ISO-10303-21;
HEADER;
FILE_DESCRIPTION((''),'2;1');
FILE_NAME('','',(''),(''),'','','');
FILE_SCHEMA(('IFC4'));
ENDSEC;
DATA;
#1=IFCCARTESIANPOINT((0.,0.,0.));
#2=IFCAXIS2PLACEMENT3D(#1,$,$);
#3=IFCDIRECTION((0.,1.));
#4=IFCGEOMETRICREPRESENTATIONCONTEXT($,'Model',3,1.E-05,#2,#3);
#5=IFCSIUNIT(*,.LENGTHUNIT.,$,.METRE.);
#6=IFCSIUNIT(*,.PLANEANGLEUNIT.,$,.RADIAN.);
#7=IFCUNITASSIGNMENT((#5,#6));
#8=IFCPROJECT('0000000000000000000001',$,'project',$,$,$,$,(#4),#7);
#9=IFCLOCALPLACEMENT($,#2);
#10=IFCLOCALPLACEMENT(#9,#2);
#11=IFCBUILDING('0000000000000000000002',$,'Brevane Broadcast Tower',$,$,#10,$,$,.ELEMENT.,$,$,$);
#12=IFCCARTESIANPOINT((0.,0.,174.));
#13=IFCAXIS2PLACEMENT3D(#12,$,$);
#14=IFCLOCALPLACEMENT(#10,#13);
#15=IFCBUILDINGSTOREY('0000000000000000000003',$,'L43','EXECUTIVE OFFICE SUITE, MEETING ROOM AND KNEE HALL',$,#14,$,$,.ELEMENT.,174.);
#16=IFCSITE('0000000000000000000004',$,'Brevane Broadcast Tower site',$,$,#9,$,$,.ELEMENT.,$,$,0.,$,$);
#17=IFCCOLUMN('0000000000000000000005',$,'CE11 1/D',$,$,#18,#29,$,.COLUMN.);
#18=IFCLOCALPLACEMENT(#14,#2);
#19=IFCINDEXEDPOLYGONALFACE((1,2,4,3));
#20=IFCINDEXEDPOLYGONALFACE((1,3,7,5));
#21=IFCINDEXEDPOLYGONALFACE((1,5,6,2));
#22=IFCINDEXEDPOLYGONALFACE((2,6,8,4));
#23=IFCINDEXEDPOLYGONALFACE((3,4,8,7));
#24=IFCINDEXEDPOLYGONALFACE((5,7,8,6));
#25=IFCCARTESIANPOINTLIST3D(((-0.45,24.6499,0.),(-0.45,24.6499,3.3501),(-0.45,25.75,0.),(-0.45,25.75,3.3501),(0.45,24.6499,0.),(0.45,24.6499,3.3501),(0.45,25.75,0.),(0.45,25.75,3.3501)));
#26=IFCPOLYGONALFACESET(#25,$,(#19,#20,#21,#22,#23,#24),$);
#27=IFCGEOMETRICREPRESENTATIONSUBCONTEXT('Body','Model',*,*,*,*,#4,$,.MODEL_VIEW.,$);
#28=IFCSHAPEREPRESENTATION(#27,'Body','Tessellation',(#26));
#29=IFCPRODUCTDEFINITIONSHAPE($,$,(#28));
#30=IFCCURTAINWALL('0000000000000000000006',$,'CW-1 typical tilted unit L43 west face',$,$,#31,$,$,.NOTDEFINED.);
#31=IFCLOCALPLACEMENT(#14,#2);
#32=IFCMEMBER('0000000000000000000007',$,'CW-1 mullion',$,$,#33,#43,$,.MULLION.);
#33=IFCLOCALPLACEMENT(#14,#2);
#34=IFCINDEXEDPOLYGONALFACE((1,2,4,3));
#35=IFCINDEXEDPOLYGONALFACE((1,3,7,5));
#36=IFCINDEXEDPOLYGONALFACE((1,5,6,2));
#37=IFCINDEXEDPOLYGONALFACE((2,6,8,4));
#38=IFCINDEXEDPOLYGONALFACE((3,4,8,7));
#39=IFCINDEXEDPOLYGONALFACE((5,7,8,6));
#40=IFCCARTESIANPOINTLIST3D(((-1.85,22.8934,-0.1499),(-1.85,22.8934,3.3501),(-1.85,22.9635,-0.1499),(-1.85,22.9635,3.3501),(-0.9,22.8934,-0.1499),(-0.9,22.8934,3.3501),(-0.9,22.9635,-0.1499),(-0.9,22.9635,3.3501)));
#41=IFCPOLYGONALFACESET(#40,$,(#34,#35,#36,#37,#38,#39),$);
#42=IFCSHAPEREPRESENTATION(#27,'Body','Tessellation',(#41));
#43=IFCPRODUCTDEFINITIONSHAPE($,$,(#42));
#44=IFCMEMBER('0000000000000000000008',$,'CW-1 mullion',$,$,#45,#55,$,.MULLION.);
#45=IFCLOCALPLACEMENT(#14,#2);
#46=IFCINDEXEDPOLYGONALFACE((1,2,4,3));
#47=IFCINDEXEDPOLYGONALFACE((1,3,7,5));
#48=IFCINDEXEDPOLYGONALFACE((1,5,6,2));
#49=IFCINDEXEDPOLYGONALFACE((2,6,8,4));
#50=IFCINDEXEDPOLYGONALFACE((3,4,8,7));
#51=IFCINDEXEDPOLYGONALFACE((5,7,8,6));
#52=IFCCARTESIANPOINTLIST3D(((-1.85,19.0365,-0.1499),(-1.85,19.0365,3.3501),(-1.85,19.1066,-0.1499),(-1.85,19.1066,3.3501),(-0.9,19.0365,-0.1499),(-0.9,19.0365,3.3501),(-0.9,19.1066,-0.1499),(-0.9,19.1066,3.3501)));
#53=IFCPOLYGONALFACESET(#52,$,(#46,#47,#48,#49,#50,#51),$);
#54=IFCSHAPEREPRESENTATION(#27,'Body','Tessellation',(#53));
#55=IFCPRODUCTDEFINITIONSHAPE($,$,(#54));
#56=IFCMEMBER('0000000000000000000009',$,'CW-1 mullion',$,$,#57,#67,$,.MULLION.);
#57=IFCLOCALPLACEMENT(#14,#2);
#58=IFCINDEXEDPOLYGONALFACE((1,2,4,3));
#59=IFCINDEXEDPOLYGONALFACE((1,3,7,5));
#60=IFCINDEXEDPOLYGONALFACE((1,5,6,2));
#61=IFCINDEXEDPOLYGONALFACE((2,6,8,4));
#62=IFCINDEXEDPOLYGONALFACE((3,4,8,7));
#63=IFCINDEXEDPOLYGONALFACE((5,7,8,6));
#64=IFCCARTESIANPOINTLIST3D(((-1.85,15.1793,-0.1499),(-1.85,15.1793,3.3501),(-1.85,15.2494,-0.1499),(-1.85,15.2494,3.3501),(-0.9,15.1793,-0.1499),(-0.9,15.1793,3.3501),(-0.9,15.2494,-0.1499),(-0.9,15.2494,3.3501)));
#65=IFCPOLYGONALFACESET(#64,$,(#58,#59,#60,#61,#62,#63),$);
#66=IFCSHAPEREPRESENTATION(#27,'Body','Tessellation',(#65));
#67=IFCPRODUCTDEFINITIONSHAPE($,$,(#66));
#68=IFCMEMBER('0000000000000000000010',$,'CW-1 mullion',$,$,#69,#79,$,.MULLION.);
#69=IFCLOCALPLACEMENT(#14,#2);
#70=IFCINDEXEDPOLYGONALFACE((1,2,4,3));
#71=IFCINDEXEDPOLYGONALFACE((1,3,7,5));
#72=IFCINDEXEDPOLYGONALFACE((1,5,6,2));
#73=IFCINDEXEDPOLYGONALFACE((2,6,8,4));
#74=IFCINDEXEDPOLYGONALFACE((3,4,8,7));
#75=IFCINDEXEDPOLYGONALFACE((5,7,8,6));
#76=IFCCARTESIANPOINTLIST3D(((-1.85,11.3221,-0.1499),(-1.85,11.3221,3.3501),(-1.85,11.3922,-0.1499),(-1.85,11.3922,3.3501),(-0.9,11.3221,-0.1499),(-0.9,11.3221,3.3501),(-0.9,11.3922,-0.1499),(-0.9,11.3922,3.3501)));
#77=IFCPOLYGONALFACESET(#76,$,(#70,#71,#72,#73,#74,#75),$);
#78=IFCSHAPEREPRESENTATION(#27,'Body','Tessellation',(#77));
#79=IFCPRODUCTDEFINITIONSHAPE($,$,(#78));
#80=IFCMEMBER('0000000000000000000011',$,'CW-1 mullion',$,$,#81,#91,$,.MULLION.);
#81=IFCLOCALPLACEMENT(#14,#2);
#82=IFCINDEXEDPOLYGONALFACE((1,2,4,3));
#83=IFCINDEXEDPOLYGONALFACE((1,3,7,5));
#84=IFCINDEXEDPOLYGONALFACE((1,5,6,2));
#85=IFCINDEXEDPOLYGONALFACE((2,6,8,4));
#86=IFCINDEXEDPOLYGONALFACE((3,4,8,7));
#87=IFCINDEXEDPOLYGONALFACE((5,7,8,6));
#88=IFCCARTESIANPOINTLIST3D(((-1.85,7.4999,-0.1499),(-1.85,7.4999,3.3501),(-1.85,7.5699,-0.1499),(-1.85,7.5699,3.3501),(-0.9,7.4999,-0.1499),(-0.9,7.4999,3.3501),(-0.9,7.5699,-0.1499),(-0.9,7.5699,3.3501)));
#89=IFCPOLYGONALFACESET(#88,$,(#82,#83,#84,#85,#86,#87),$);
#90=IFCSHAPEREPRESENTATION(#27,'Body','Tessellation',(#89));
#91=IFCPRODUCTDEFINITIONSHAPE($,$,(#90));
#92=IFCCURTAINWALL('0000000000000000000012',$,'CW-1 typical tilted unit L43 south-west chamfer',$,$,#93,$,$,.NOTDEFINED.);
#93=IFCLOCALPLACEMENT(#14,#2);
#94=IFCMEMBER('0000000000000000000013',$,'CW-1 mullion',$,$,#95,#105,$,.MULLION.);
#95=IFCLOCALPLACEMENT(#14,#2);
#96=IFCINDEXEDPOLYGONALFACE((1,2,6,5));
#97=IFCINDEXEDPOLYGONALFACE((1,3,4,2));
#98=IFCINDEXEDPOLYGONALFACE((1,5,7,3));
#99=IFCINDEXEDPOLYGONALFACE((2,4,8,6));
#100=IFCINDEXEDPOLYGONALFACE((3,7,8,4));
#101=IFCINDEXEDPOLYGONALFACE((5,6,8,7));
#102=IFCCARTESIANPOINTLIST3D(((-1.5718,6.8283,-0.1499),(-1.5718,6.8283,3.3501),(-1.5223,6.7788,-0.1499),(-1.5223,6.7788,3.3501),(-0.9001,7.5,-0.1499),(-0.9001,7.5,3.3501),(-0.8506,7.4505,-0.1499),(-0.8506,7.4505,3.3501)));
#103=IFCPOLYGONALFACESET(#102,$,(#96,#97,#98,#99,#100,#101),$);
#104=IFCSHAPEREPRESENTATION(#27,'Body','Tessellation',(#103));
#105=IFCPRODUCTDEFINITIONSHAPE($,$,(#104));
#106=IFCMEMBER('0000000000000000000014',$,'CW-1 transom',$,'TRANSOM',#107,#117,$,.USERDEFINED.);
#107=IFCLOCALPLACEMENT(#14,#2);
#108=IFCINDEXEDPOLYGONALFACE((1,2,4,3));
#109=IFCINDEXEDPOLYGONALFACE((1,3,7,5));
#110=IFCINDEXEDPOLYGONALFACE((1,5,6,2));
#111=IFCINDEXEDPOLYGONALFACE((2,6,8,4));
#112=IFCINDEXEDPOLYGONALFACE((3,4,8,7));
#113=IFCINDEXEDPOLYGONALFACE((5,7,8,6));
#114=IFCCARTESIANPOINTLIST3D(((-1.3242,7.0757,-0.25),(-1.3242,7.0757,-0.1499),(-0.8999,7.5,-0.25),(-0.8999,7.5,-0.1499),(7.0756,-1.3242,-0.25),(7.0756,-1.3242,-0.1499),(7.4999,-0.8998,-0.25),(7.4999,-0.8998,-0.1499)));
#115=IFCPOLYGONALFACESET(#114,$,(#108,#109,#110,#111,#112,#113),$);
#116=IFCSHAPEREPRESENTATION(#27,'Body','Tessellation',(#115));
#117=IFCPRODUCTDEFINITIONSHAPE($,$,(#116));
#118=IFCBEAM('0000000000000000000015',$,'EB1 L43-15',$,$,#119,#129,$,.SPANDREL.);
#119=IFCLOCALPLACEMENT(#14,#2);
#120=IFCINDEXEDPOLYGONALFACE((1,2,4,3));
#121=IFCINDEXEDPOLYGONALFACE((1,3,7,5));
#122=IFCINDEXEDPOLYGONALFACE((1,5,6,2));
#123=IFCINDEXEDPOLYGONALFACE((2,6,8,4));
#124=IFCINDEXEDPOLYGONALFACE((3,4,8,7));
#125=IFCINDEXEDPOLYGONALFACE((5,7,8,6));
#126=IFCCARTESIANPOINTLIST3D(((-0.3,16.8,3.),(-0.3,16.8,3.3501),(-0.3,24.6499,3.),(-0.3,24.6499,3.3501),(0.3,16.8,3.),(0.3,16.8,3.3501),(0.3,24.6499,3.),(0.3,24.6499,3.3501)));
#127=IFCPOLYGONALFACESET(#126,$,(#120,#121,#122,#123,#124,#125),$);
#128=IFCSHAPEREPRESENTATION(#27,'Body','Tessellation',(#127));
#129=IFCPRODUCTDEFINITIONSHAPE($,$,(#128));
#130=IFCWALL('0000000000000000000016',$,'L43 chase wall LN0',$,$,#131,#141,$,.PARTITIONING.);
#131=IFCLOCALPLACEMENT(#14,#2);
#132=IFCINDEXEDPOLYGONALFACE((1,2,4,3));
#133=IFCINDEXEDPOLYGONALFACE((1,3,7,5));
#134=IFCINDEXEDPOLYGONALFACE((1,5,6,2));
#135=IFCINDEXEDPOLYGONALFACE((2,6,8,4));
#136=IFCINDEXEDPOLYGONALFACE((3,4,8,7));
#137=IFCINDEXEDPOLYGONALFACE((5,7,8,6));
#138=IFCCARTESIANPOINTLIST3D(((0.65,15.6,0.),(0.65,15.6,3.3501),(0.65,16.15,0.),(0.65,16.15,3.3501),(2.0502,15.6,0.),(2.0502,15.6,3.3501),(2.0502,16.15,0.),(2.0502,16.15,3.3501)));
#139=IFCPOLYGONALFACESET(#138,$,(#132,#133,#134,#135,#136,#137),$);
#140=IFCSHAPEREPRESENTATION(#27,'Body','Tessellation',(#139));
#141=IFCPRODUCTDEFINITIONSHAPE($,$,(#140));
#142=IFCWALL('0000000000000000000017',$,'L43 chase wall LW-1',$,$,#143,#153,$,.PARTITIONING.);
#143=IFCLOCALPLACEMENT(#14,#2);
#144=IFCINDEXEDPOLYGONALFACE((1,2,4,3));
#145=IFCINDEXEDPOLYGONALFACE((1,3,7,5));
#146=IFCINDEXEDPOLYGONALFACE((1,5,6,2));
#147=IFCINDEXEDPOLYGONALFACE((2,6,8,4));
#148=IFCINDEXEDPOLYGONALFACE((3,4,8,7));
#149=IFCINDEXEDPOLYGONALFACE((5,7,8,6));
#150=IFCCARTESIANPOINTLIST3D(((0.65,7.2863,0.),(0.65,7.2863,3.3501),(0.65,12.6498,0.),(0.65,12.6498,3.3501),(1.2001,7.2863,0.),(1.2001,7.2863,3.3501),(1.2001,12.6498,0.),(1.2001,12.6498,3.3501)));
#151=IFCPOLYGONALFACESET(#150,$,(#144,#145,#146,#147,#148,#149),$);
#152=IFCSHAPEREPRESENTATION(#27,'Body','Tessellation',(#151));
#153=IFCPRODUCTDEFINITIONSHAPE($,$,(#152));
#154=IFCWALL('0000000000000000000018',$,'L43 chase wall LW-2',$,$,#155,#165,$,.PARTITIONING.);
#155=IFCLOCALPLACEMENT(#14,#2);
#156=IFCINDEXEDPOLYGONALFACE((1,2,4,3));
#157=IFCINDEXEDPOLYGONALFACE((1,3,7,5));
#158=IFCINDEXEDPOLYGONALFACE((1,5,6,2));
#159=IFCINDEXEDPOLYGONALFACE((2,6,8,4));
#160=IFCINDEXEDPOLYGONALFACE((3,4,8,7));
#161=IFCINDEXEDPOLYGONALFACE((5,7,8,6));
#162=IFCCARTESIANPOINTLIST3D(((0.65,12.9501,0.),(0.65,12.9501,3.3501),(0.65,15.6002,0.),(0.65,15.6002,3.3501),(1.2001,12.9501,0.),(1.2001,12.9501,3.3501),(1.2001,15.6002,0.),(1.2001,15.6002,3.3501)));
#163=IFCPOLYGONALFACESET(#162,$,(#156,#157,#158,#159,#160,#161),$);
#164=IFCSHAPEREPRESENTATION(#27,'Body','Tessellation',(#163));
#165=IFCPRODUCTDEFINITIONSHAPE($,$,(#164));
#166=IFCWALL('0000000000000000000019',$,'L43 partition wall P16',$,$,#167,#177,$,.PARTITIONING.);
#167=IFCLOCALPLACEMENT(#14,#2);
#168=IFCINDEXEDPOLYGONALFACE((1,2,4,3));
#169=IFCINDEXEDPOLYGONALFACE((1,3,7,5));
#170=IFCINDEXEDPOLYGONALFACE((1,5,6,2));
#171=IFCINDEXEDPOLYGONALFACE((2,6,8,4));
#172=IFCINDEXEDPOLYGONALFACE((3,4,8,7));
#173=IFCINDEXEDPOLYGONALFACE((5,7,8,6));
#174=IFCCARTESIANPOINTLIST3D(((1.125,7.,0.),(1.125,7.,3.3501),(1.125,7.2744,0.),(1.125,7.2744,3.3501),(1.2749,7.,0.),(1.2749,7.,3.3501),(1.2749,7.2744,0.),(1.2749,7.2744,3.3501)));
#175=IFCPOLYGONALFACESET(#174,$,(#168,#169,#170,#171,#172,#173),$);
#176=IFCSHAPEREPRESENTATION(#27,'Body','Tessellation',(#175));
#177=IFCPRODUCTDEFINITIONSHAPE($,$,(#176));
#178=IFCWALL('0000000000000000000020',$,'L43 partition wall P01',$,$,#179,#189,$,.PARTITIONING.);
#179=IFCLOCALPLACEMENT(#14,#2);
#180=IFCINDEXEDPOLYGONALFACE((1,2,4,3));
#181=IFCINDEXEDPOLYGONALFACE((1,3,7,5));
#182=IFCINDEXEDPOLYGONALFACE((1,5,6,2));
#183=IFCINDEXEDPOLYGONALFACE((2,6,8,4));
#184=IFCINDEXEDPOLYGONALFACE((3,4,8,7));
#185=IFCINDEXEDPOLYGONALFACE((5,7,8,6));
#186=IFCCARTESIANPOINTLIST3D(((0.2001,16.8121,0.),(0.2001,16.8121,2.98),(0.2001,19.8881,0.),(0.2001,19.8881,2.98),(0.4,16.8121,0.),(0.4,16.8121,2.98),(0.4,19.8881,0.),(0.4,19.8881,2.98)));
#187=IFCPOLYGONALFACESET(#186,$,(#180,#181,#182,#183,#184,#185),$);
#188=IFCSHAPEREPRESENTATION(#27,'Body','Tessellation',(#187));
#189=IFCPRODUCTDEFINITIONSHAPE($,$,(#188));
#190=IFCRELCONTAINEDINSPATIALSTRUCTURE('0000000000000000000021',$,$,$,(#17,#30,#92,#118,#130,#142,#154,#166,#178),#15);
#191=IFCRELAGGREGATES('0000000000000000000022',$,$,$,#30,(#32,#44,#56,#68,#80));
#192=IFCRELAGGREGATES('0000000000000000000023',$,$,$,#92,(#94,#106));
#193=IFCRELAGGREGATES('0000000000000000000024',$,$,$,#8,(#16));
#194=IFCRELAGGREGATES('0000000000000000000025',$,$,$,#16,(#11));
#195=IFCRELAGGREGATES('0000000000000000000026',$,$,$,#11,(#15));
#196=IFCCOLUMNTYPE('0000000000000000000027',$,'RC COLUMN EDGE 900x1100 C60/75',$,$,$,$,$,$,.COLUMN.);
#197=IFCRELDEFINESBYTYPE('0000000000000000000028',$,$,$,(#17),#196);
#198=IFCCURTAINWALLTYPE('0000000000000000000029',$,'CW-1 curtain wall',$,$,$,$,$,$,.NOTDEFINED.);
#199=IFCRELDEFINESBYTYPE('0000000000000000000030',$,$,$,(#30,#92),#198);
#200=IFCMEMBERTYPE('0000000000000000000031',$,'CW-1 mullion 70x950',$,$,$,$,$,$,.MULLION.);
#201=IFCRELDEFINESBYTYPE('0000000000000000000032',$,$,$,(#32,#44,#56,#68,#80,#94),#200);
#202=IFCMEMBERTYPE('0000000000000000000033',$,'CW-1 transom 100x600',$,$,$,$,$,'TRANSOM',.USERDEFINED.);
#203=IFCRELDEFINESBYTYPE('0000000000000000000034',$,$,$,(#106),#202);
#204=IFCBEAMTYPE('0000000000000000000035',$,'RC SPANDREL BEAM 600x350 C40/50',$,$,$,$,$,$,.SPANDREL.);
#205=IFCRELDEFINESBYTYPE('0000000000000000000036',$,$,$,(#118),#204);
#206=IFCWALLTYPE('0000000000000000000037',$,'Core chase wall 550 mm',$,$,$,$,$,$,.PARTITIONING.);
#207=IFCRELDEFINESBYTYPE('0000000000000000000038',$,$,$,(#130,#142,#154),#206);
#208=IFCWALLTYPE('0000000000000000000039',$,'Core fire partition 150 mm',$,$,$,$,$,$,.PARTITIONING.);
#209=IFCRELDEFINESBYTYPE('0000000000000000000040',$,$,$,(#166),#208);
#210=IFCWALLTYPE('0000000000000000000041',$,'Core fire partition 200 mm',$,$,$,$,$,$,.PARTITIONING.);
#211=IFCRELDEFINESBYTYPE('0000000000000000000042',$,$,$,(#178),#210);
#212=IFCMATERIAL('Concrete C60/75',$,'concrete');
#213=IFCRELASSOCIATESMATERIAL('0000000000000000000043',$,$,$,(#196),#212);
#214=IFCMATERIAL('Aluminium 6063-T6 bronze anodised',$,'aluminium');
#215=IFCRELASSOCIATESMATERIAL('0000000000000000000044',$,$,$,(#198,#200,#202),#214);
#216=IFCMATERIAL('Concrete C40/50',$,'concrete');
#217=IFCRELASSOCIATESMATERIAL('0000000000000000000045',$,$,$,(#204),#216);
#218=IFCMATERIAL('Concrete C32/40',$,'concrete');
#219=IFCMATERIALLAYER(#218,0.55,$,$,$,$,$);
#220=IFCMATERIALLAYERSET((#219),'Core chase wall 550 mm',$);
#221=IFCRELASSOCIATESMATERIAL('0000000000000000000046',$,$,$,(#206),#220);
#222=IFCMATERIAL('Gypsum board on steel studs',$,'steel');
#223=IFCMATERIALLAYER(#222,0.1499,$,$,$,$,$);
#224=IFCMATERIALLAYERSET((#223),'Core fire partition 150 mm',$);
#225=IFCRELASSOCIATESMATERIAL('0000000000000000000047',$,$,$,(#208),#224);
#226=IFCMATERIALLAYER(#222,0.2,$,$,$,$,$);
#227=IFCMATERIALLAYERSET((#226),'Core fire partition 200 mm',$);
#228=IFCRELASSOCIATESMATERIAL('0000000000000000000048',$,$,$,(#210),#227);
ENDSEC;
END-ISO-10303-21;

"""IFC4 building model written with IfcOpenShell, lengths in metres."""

from ifc_helpers import new_model, si_unit, direction, frame, frame_2d, origin, origin_2d, place, context, subcontext, project, spatial, rectangle, extrude, material, layer, layer_set, material_profile, profile_set, type_object, element, aggregate, save


model = new_model("IFC4")

# Units and contexts
model_context = context("Model", 3, precision=1e-05, world=origin(), true_north=direction((0.0, 1.0)))
body_context = subcontext(model_context, "Body", "Model", "MODEL_VIEW")
ifc_project = project(units=[si_unit("LENGTHUNIT", "METRE"), si_unit("PLANEANGLEUNIT", "RADIAN")], contexts=[model_context])

# Site, building, storey
site_placement = place(None, origin())
site = spatial("IfcSite", under=ifc_project, at=site_placement, Name="Brevane Broadcast Tower site", CompositionType="ELEMENT", RefElevation=0.0)
building_placement = place(site_placement, origin())
building = spatial("IfcBuilding", under=site, at=building_placement, Name="Brevane Broadcast Tower", CompositionType="ELEMENT")
storey_placement = place(building_placement, frame((0.0, 0.0, 174.0)))
storey = spatial("IfcBuildingStorey", under=building, at=storey_placement, Name="L43", Description="EXECUTIVE OFFICE SUITE, MEETING ROOM AND KNEE HALL", CompositionType="ELEMENT", Elevation=174.0)

# Column
ifc_material_1 = material(Name="Concrete C60/75", Category="concrete")
ifc_material_profile_1 = material_profile(ifc_material_1, rectangle(XDim=0.8999, YDim=1.1001, at=origin_2d()), Name="RC 900x1100")
ifc_profile_set_1 = profile_set([ifc_material_profile_1], Name="Concrete C60/75")
column_type = type_object("IfcColumnType", Name="RC COLUMN EDGE 900x1100 C60/75", PredefinedType="COLUMN", material=ifc_profile_set_1)
column_placement = place(storey_placement, frame((0.0, 25.2, 0.0), z_axis=(0.0, 0.0, 1.0), x_axis=(1.0, 0.0, 0.0)))
element("IfcColumn", 1, at=column_placement, inside=storey, type_object=column_type, Name="CE11 1/D", PredefinedType="COLUMN", context=body_context, shape_type="SweptSolid", body=[
    extrude(rectangle(XDim=0.8999, YDim=1.1001, at=origin_2d()), origin(), (0.0, 0.0, 1.0), 3.3501),
])

# Curtain walls, members
ifc_material_2 = material(Name="Aluminium 6063-T6 bronze anodised", Category="aluminium")
curtain_wall_type = type_object("IfcCurtainWallType", Name="CW-1 curtain wall", PredefinedType="NOTDEFINED", material=ifc_material_2)
curtain_wall_1_placement = place(storey_placement, origin())
curtain_wall_1 = element("IfcCurtainWall", 2, at=curtain_wall_1_placement, inside=storey, type_object=curtain_wall_type, Name="CW-1 typical tilted unit L43 west face", PredefinedType="NOTDEFINED")
ifc_material_profile_2 = material_profile(ifc_material_2, rectangle(XDim=0.95, YDim=0.0701, at=origin_2d()), Name="RECT 70x950")
ifc_profile_set_2 = profile_set([ifc_material_profile_2], Name="Aluminium 6063-T6 bronze anodised")
member_type_1 = type_object("IfcMemberType", Name="CW-1 mullion 70x950", PredefinedType="MULLION", material=ifc_profile_set_2)
member_1_placement = place(storey_placement, frame((-1.375, 22.9285, -0.1499), z_axis=(0.0, 0.0, 1.0), x_axis=(1.0, 0.0, 0.0)))
member_1 = element("IfcMember", 3, at=member_1_placement, type_object=member_type_1, Name="CW-1 mullion", PredefinedType="MULLION", context=body_context, shape_type="SweptSolid", body=[
    extrude(rectangle(XDim=0.95, YDim=0.0701, at=origin_2d()), origin(), (0.0, 0.0, 1.0), 3.5),
])
member_2_placement = place(storey_placement, frame((-1.375, 19.0715, -0.1499), z_axis=(0.0, 0.0, 1.0), x_axis=(1.0, 0.0, 0.0)))
member_2 = element("IfcMember", 4, at=member_2_placement, type_object=member_type_1, Name="CW-1 mullion", PredefinedType="MULLION", context=body_context, shape_type="SweptSolid", body=[
    extrude(rectangle(XDim=0.95, YDim=0.0701, at=origin_2d()), origin(), (0.0, 0.0, 1.0), 3.5),
])
member_3_placement = place(storey_placement, frame((-1.375, 15.2144, -0.1499), z_axis=(0.0, 0.0, 1.0), x_axis=(1.0, 0.0, 0.0)))
member_3 = element("IfcMember", 5, at=member_3_placement, type_object=member_type_1, Name="CW-1 mullion", PredefinedType="MULLION", context=body_context, shape_type="SweptSolid", body=[
    extrude(rectangle(XDim=0.95, YDim=0.0701, at=origin_2d()), origin(), (0.0, 0.0, 1.0), 3.5),
])
member_4_placement = place(storey_placement, frame((-1.375, 11.3572, -0.1499), z_axis=(0.0, 0.0, 1.0), x_axis=(1.0, 0.0, 0.0)))
member_4 = element("IfcMember", 6, at=member_4_placement, type_object=member_type_1, Name="CW-1 mullion", PredefinedType="MULLION", context=body_context, shape_type="SweptSolid", body=[
    extrude(rectangle(XDim=0.95, YDim=0.0701, at=origin_2d()), origin(), (0.0, 0.0, 1.0), 3.5),
])
member_5_placement = place(storey_placement, frame((-1.375, 7.5349, -0.1499), z_axis=(0.0, 0.0, 1.0), x_axis=(1.0, 0.0, 0.0)))
member_5 = element("IfcMember", 7, at=member_5_placement, type_object=member_type_1, Name="CW-1 mullion", PredefinedType="MULLION", context=body_context, shape_type="SweptSolid", body=[
    extrude(rectangle(XDim=0.95, YDim=0.0701, at=origin_2d()), origin(), (0.0, 0.0, 1.0), 3.5),
])
aggregate(curtain_wall_1, [member_1, member_2, member_3, member_4, member_5])
curtain_wall_2_placement = place(storey_placement, origin())
curtain_wall_2 = element("IfcCurtainWall", 8, at=curtain_wall_2_placement, inside=storey, type_object=curtain_wall_type, Name="CW-1 typical tilted unit L43 south-west chamfer", PredefinedType="NOTDEFINED")
member_6_placement = place(storey_placement, frame((-1.2112, 7.1394, -0.1499), z_axis=(0.0, 0.0, 1.0), x_axis=(0.707107, 0.707107, 0.0)))
member_6 = element("IfcMember", 9, at=member_6_placement, type_object=member_type_1, Name="CW-1 mullion", PredefinedType="MULLION", context=body_context, shape_type="SweptSolid", body=[
    extrude(rectangle(XDim=0.95, YDim=0.0701, at=origin_2d()), origin(), (0.0, 0.0, 1.0), 3.5),
])
ifc_material_profile_3 = material_profile(ifc_material_2, rectangle(XDim=0.6001, YDim=0.1001, at=origin_2d()), Name="RECT 100x600")
ifc_profile_set_3 = profile_set([ifc_material_profile_3], Name="Aluminium 6063-T6 bronze anodised")
member_type_2 = type_object("IfcMemberType", Name="CW-1 transom 100x600", ElementType="TRANSOM", PredefinedType="USERDEFINED", material=ifc_profile_set_3)
member_7_placement = place(storey_placement, frame((-1.1121, 7.2878, -0.2), z_axis=(0.707107, -0.707107, 0.0), x_axis=(0.707107, 0.707107, 0.0)))
member_7 = element("IfcMember", 10, at=member_7_placement, type_object=member_type_2, Name="CW-1 transom", ObjectType="TRANSOM", PredefinedType="USERDEFINED", context=body_context, shape_type="SweptSolid", body=[
    extrude(rectangle(XDim=0.6001, YDim=0.1001, at=origin_2d()), origin(), (0.0, 0.0, 1.0), 11.8792),
])
aggregate(curtain_wall_2, [member_6, member_7])

# Beam
ifc_material_3 = material(Name="Concrete C40/50", Category="concrete")
ifc_material_profile_4 = material_profile(ifc_material_3, rectangle(XDim=0.6001, YDim=0.3501, at=origin_2d()), Name="RC 600x350")
ifc_profile_set_4 = profile_set([ifc_material_profile_4], Name="Concrete C40/50")
beam_type = type_object("IfcBeamType", Name="RC SPANDREL BEAM 600x350 C40/50", PredefinedType="SPANDREL", material=ifc_profile_set_4)
beam_placement = place(storey_placement, frame((0.0, 24.6499, 3.175), z_axis=(0.0, -1.0, 0.0), x_axis=(1.0, 0.0, 0.0)))
element("IfcBeam", 11, at=beam_placement, inside=storey, type_object=beam_type, Name="EB1 L43-15", PredefinedType="SPANDREL", context=body_context, shape_type="SweptSolid", body=[
    extrude(rectangle(XDim=0.6001, YDim=0.3501, at=origin_2d()), origin(), (0.0, 0.0, 1.0), 7.8499),
])

# Walls
ifc_material_4 = material(Name="Concrete C32/40", Category="concrete")
ifc_layer_1 = layer(ifc_material_4, 0.55)
ifc_layer_set_1 = layer_set([ifc_layer_1], Name="Core chase wall 550 mm")
wall_type_1 = type_object("IfcWallType", Name="Core chase wall 550 mm", PredefinedType="PARTITIONING", material=ifc_layer_set_1)
wall_1_placement = place(storey_placement, frame((0.6499, 15.875, 0.0), z_axis=(0.0, 0.0, 1.0), x_axis=(1.0, 0.0, 0.0)))
element("IfcWall", 12, at=wall_1_placement, inside=storey, type_object=wall_type_1, Name="L43 chase wall LN0", PredefinedType="PARTITIONING", context=body_context, shape_type="SweptSolid", body=[
    extrude(rectangle(XDim=1.4001, YDim=0.55, at=frame_2d((0.7002, 0.0))), origin(), (0.0, 0.0, 1.0), 3.3501),
])
wall_2_placement = place(storey_placement, frame((0.925, 7.2864, 0.0), z_axis=(0.0, 0.0, 1.0), x_axis=(0.0, 1.0, 0.0)))
element("IfcWall", 13, at=wall_2_placement, inside=storey, type_object=wall_type_1, Name="L43 chase wall LW-1", PredefinedType="PARTITIONING", context=body_context, shape_type="SweptSolid", body=[
    extrude(rectangle(XDim=5.3635, YDim=0.55, at=frame_2d((2.6816, 0.0))), origin(), (0.0, 0.0, 1.0), 3.3501),
])
wall_3_placement = place(storey_placement, frame((0.925, 12.95, 0.0), z_axis=(0.0, 0.0, 1.0), x_axis=(0.0, 1.0, 0.0)))
element("IfcWall", 14, at=wall_3_placement, inside=storey, type_object=wall_type_1, Name="L43 chase wall LW-2", PredefinedType="PARTITIONING", context=body_context, shape_type="SweptSolid", body=[
    extrude(rectangle(XDim=2.6501, YDim=0.55, at=frame_2d((1.3252, 0.0))), origin(), (0.0, 0.0, 1.0), 3.3501),
])
ifc_material_5 = material(Name="Gypsum board on steel studs", Category="steel")
ifc_layer_2 = layer(ifc_material_5, 0.1499)
ifc_layer_set_2 = layer_set([ifc_layer_2], Name="Core fire partition 150 mm")
wall_type_2 = type_object("IfcWallType", Name="Core fire partition 150 mm", PredefinedType="PARTITIONING", material=ifc_layer_set_2)
wall_4_placement = place(storey_placement, frame((1.2, 7.2744, 0.0), z_axis=(0.0, 0.0, 1.0), x_axis=(0.0, -1.0, 0.0)))
element("IfcWall", 15, at=wall_4_placement, inside=storey, type_object=wall_type_2, Name="L43 partition wall P16", PredefinedType="PARTITIONING", context=body_context, shape_type="SweptSolid", body=[
    extrude(rectangle(XDim=0.2744, YDim=0.1499, at=frame_2d((0.1372, 0.0))), origin(), (0.0, 0.0, 1.0), 3.3501),
])
ifc_layer_3 = layer(ifc_material_5, 0.2)
ifc_layer_set_3 = layer_set([ifc_layer_3], Name="Core fire partition 200 mm")
wall_type_3 = type_object("IfcWallType", Name="Core fire partition 200 mm", PredefinedType="PARTITIONING", material=ifc_layer_set_3)
wall_5_placement = place(storey_placement, frame((0.3, 16.812, 0.0), z_axis=(0.0, 0.0, 1.0), x_axis=(0.0, 1.0, 0.0)))
element("IfcWall", 16, at=wall_5_placement, inside=storey, type_object=wall_type_3, Name="L43 partition wall P01", PredefinedType="PARTITIONING", context=body_context, shape_type="SweptSolid", body=[
    extrude(rectangle(XDim=3.0759, YDim=0.2, at=frame_2d((1.5381, 0.0))), origin(), (0.0, 0.0, 1.0), 2.98),
])

save(model, "model.ifc")
